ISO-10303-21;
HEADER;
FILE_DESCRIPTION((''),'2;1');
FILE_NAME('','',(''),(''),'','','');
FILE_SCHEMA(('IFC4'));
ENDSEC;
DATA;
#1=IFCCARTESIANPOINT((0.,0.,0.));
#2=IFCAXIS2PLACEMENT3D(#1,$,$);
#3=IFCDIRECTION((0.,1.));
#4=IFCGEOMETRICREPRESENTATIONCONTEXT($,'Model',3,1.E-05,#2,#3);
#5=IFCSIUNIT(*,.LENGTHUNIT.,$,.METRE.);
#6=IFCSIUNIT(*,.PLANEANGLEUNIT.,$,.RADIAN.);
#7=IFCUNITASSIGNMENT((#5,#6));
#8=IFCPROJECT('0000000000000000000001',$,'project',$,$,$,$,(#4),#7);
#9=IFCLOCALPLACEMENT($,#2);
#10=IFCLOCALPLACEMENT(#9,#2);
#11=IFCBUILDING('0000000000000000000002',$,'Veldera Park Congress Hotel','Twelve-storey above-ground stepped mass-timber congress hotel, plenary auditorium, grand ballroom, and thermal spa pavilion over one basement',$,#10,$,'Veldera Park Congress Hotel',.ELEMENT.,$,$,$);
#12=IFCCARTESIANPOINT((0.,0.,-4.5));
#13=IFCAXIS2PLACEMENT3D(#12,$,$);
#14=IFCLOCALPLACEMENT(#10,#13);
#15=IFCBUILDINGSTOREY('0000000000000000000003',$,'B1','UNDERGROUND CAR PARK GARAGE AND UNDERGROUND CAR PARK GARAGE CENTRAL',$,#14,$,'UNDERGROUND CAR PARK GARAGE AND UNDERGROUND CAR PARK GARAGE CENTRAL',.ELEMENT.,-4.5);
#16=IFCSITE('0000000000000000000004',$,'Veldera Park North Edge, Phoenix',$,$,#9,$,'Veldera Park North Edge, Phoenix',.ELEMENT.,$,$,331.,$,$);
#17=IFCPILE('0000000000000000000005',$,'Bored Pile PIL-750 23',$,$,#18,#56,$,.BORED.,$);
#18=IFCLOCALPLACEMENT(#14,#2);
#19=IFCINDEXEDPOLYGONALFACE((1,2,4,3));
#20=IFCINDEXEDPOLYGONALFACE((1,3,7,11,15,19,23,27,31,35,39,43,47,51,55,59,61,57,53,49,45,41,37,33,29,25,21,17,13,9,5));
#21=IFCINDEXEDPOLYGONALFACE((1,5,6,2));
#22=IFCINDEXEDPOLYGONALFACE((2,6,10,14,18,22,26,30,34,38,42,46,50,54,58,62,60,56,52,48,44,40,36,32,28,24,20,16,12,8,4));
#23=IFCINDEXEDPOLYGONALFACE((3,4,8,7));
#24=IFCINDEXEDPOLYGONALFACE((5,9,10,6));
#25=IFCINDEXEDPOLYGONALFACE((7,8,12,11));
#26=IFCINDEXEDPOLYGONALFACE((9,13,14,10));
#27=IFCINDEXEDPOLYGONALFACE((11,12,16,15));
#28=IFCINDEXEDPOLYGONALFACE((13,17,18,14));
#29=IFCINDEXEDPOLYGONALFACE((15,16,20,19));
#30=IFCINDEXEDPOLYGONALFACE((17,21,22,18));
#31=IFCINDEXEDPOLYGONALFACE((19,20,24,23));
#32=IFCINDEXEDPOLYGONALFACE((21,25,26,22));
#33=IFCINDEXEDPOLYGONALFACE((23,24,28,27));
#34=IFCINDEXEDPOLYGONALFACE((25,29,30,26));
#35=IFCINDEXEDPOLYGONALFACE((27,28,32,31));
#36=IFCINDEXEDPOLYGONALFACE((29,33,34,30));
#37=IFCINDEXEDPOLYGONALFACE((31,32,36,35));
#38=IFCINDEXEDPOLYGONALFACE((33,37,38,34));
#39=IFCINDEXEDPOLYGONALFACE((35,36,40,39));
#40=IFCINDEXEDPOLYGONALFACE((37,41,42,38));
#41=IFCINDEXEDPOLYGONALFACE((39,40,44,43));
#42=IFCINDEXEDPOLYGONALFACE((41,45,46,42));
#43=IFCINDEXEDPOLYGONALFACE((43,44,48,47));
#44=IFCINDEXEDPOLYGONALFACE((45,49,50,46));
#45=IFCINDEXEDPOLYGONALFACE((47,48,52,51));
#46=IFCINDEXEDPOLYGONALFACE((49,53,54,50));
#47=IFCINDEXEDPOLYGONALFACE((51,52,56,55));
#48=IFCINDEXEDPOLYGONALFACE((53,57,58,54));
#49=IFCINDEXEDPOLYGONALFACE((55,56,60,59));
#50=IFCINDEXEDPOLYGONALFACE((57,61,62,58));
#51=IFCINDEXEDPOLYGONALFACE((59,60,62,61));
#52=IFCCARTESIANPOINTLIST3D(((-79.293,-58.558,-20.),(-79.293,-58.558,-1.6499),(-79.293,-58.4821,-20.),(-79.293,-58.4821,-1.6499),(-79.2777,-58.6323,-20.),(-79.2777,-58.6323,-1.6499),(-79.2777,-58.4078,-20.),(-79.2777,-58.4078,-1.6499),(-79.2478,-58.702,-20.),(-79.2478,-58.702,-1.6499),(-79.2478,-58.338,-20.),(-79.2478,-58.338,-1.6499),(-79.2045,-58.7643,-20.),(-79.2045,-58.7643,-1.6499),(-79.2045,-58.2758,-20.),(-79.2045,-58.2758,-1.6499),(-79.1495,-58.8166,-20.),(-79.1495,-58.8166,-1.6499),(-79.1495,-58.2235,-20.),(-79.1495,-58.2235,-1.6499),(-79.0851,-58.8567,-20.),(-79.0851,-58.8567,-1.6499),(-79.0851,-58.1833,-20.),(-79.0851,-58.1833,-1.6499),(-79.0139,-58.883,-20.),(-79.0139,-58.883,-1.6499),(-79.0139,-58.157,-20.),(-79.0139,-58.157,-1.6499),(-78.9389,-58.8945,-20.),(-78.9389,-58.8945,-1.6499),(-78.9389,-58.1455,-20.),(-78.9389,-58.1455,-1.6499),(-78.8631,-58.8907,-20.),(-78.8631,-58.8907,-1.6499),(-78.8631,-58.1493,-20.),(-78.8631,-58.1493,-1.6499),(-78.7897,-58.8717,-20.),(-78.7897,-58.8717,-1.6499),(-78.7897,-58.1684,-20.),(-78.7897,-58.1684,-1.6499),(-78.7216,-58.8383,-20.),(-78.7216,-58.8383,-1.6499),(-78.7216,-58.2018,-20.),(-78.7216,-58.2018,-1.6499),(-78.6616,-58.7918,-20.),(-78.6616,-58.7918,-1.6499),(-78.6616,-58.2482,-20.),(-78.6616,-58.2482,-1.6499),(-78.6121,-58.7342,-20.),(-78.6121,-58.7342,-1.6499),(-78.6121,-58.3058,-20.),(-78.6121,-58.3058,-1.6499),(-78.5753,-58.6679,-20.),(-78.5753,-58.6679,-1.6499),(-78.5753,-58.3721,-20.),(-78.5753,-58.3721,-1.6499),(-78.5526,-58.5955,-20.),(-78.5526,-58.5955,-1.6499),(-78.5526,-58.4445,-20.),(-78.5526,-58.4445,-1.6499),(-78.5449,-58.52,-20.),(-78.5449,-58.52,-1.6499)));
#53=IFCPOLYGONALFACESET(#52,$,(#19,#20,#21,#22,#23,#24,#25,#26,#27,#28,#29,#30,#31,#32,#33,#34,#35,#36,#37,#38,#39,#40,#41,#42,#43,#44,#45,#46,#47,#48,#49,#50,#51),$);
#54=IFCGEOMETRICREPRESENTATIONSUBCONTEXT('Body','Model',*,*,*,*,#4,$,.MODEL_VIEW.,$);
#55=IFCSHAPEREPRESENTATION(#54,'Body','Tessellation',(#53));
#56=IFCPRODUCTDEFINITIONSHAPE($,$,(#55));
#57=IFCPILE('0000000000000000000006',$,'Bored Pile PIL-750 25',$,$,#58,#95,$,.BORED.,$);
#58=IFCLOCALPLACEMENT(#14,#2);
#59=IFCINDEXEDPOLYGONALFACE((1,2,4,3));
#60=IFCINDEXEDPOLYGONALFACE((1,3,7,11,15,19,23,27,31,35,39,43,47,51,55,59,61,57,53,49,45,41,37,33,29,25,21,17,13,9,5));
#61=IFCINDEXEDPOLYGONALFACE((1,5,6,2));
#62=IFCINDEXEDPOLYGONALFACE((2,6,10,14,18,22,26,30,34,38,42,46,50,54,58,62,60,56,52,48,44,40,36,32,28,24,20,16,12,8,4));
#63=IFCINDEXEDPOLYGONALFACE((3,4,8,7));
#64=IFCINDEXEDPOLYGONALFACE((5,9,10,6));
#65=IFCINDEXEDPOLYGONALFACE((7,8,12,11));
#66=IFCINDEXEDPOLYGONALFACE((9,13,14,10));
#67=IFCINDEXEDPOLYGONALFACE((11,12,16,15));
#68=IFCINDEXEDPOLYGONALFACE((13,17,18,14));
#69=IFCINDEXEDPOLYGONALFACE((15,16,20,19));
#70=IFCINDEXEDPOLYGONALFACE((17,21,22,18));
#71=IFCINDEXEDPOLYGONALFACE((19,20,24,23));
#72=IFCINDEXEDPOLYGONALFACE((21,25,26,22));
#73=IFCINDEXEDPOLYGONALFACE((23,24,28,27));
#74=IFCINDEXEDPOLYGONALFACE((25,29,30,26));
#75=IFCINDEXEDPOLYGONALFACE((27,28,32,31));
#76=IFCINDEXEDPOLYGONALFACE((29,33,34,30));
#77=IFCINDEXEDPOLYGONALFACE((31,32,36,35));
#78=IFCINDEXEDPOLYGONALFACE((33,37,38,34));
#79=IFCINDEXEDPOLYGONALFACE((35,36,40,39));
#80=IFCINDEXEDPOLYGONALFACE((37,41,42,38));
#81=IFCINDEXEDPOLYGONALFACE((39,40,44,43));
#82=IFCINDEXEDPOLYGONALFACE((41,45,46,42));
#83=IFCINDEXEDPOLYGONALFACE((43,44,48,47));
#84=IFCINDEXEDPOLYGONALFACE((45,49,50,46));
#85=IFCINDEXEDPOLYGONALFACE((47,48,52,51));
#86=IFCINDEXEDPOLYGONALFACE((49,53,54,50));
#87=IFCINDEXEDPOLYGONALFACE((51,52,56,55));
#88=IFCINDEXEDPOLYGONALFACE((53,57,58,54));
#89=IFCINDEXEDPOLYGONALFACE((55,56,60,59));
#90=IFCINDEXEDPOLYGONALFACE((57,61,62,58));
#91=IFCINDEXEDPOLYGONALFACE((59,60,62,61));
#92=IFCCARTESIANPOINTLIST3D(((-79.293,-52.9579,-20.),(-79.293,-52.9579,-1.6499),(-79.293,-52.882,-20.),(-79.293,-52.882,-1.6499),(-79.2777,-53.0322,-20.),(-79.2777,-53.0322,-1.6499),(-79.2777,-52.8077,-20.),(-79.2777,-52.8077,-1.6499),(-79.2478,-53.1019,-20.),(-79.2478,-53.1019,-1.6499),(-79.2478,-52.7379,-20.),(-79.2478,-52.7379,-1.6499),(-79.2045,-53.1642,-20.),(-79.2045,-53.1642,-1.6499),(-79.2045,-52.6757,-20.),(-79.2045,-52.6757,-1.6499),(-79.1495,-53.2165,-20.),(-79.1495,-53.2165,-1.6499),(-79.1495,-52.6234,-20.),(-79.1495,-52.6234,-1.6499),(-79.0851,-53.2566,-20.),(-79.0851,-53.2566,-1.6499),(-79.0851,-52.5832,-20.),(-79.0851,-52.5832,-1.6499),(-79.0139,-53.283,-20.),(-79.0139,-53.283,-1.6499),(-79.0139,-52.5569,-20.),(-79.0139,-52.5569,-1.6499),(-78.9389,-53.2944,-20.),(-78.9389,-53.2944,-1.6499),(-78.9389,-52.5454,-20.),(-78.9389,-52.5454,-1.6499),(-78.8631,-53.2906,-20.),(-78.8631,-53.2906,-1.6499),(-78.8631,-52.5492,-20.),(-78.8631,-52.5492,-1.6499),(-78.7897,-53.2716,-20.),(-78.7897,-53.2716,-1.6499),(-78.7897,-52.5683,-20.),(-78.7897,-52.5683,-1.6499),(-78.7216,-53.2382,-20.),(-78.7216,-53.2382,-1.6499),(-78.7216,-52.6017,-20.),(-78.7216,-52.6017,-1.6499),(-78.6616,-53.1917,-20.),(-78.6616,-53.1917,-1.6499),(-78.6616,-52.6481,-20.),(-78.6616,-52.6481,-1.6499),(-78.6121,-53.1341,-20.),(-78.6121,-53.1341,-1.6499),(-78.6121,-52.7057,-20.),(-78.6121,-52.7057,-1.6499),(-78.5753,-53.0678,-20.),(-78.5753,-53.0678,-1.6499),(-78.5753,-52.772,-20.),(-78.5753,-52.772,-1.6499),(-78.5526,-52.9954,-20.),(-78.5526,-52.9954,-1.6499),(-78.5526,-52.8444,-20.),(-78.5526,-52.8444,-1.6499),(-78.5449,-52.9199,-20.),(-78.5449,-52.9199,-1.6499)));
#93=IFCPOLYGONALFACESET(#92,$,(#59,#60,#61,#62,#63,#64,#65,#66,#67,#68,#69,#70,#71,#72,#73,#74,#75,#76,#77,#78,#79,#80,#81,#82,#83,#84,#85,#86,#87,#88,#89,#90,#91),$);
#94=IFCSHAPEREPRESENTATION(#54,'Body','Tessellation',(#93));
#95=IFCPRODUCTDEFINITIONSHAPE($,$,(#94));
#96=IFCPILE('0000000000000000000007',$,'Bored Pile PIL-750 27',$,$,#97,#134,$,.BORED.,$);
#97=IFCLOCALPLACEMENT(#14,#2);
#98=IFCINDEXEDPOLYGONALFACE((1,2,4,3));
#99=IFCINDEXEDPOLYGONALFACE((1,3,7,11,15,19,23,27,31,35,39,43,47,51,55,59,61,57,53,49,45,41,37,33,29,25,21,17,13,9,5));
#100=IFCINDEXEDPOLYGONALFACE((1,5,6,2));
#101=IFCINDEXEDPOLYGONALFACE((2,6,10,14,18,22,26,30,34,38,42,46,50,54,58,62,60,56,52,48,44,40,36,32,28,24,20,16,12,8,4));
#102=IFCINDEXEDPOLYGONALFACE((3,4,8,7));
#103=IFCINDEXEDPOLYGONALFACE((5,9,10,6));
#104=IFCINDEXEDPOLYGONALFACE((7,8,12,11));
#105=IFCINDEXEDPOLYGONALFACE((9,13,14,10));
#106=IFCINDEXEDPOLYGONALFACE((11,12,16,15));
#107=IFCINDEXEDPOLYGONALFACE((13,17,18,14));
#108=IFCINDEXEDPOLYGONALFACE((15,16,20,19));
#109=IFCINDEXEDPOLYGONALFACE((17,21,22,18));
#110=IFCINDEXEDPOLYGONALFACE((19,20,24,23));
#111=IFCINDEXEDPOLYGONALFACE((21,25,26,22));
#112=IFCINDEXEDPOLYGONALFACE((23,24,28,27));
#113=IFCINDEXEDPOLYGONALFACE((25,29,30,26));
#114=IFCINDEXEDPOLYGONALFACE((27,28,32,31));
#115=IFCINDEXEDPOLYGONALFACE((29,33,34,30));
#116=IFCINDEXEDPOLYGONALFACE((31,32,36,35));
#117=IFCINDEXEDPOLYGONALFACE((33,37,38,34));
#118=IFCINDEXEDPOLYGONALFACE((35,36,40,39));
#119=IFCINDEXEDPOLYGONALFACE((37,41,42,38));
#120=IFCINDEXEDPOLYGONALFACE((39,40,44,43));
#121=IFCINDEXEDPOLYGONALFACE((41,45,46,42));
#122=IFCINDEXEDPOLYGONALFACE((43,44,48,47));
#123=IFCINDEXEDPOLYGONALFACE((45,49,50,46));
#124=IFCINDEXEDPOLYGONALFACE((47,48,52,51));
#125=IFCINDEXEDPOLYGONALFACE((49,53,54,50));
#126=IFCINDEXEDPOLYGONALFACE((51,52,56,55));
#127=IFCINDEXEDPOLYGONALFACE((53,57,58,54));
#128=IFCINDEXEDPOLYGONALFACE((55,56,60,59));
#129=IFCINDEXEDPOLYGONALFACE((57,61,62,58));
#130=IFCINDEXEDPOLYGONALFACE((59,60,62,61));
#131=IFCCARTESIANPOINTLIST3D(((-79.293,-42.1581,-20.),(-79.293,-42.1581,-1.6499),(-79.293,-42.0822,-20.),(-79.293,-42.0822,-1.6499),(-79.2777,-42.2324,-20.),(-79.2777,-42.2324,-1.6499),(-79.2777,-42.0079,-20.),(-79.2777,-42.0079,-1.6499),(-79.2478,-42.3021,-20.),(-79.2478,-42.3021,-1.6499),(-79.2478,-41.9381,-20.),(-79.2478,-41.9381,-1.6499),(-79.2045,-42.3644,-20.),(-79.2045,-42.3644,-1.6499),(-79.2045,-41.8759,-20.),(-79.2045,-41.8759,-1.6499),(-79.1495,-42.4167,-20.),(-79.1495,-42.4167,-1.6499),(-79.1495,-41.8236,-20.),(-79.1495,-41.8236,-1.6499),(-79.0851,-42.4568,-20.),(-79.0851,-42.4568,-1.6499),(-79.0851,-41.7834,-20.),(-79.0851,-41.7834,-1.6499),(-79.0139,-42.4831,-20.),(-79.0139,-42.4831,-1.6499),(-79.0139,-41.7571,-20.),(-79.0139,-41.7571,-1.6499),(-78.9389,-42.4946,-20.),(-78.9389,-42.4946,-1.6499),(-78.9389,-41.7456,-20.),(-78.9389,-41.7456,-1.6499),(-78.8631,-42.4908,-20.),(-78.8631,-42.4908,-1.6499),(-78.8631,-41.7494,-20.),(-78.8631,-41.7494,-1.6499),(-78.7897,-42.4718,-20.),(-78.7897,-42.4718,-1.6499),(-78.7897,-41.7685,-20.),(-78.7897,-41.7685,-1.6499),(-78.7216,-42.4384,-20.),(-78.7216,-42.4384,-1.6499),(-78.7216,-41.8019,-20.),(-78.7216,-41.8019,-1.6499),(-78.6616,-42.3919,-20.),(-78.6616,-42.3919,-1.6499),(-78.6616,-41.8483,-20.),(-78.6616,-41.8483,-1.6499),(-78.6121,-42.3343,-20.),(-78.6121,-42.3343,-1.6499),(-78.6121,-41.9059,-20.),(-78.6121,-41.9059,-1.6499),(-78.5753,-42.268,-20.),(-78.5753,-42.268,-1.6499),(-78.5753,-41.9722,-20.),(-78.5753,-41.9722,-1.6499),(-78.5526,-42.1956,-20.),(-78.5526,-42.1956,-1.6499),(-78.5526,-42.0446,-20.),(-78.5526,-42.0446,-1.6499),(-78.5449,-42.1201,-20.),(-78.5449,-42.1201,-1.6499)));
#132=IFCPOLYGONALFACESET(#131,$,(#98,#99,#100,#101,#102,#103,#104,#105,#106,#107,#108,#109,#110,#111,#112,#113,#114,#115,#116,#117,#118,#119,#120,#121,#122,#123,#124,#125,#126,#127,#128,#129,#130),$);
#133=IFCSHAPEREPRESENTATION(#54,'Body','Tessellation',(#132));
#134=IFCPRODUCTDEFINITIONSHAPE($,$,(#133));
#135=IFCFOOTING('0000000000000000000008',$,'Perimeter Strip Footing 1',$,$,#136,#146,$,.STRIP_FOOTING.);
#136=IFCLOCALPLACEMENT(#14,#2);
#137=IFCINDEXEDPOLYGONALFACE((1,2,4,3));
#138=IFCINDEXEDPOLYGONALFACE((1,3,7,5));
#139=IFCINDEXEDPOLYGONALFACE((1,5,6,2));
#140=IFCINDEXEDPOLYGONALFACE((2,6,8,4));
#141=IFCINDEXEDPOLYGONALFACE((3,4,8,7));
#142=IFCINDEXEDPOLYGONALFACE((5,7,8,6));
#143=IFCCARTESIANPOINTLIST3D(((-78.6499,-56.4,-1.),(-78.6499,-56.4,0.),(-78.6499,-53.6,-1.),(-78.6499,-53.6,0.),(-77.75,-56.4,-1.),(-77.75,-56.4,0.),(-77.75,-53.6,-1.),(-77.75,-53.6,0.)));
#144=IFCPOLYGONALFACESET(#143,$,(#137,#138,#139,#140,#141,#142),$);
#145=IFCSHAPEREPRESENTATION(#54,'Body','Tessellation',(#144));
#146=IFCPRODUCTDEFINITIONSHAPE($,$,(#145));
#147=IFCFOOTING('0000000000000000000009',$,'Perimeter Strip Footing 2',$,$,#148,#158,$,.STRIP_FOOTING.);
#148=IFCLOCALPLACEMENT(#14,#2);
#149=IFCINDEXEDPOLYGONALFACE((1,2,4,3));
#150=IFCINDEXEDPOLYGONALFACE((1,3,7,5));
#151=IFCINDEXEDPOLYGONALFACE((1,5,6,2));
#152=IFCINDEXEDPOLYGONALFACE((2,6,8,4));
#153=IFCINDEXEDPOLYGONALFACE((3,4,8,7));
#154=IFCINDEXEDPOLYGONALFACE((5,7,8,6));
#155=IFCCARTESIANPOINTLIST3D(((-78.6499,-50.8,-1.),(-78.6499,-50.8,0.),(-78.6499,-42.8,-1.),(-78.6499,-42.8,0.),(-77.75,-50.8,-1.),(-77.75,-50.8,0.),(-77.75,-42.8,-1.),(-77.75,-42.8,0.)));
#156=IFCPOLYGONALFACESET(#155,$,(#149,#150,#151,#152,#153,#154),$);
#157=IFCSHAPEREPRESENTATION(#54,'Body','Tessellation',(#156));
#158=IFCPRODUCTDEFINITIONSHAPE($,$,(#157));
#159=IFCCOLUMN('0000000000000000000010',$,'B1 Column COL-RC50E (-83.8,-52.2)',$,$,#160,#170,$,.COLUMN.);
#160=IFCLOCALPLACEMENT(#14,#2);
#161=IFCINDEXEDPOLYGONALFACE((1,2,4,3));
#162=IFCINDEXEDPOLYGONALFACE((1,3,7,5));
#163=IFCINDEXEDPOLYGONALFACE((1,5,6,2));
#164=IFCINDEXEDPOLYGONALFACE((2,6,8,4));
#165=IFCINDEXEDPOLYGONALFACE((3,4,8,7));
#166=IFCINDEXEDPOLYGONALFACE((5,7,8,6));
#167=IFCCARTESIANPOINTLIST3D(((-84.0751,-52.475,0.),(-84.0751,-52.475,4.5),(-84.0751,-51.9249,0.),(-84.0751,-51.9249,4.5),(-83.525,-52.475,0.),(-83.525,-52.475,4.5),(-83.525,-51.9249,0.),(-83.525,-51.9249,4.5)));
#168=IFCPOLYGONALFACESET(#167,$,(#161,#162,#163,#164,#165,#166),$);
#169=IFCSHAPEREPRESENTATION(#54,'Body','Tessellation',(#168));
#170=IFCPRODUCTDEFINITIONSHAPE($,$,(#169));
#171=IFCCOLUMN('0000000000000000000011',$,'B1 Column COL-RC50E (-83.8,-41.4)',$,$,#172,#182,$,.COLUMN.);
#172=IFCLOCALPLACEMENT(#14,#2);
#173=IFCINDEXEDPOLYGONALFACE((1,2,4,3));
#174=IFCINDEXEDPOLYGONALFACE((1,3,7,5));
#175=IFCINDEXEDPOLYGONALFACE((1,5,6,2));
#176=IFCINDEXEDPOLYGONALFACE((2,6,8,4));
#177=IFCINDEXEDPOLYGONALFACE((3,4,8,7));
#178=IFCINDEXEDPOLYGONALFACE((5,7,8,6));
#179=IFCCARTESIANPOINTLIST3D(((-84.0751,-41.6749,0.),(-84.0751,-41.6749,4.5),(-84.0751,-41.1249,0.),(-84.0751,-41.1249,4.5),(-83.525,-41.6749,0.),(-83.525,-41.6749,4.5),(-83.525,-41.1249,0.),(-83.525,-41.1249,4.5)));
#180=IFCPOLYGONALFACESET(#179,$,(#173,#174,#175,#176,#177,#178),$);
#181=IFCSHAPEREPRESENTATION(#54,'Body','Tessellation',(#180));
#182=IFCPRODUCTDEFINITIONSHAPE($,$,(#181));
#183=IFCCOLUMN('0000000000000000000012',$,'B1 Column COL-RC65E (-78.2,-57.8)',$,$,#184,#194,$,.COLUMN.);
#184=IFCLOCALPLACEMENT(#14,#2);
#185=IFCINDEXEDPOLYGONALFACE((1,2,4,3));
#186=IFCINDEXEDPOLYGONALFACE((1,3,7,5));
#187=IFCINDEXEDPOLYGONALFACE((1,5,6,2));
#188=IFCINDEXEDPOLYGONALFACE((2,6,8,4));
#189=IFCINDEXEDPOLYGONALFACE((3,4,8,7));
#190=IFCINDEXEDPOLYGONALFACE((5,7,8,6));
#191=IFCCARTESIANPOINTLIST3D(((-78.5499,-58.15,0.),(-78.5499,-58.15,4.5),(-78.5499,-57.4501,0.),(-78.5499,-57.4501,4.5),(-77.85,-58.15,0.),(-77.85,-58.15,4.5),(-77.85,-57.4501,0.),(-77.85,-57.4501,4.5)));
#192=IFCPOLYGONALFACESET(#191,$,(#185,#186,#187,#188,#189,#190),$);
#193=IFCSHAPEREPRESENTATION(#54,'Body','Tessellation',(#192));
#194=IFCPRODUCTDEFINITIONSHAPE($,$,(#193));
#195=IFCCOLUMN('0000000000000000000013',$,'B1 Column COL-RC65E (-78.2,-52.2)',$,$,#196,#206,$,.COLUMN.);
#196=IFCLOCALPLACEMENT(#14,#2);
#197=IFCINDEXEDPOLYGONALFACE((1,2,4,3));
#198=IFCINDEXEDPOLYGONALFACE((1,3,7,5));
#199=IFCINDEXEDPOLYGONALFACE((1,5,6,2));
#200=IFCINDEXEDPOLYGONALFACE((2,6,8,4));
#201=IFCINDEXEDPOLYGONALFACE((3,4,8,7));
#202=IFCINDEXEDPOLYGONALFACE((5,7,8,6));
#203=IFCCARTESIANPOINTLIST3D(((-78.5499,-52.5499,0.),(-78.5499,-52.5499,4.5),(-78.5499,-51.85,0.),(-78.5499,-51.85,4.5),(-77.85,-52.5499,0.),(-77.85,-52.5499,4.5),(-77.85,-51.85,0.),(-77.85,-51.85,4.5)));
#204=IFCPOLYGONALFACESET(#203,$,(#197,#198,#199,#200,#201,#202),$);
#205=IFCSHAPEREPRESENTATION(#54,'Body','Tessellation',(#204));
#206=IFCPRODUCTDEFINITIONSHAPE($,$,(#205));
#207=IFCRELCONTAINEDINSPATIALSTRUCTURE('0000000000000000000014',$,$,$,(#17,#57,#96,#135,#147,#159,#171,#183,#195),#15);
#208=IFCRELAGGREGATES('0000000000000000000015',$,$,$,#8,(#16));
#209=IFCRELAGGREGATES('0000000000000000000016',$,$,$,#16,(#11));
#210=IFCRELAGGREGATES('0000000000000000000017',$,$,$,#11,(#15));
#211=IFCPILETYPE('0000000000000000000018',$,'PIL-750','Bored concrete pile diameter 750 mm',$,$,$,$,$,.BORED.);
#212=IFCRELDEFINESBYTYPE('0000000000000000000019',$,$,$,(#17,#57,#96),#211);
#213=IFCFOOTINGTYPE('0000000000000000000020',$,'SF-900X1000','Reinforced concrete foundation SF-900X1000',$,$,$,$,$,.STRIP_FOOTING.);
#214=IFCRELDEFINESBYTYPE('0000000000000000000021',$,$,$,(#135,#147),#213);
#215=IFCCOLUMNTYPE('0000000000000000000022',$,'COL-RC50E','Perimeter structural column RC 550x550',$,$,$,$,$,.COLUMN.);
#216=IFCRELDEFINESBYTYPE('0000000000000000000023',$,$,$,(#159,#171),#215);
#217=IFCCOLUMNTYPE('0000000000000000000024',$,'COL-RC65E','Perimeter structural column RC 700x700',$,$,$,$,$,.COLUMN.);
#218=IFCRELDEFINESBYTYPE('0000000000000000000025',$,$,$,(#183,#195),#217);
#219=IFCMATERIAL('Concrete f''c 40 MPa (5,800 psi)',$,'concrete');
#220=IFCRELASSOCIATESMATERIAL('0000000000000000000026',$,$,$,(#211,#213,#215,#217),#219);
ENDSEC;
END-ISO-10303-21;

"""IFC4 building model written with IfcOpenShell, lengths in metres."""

from ifc_helpers import new_model, si_unit, direction, frame, origin, origin_2d, place, context, subcontext, project, spatial, rectangle, circle, extrude, material, material_profile, profile_set, type_object, element, save


model = new_model("IFC4")

# Units and contexts
model_context = context("Model", 3, precision=1e-05, world=origin(), true_north=direction((0.0, 1.0)))
body_context = subcontext(model_context, "Body", "Model", "MODEL_VIEW")
ifc_project = project(units=[si_unit("LENGTHUNIT", "METRE"), si_unit("PLANEANGLEUNIT", "RADIAN")], contexts=[model_context])

# Site, building, storey
site_placement = place(None, origin())
site = spatial("IfcSite", under=ifc_project, at=site_placement, Name="Veldera Park North Edge, Phoenix", LongName="Veldera Park North Edge, Phoenix", CompositionType="ELEMENT", RefElevation=331.0)
building_placement = place(site_placement, origin())
building = spatial("IfcBuilding", under=site, at=building_placement, Name="Veldera Park Congress Hotel", Description="Twelve-storey above-ground stepped mass-timber congress hotel, plenary auditorium, grand ballroom, and thermal spa pavilion over one basement", LongName="Veldera Park Congress Hotel", CompositionType="ELEMENT")
storey_placement = place(building_placement, frame((0.0, 0.0, -4.5)))
storey = spatial("IfcBuildingStorey", under=building, at=storey_placement, Name="B1", Description="UNDERGROUND CAR PARK GARAGE AND UNDERGROUND CAR PARK GARAGE CENTRAL", LongName="UNDERGROUND CAR PARK GARAGE AND UNDERGROUND CAR PARK GARAGE CENTRAL", CompositionType="ELEMENT", Elevation=-4.5)

# Shared definitions
ifc_material = material(Name="Concrete f'c 40 MPa (5,800 psi)", Category="concrete")

# Piles
ifc_material_profile_1 = material_profile(ifc_material, circle(Radius=0.375, at=origin_2d()), Name="PILE D750")
ifc_profile_set_1 = profile_set([ifc_material_profile_1], Name="Concrete f'c 40 MPa (5,800 psi)")
pile_type = type_object("IfcPileType", Name="PIL-750", Description="Bored concrete pile diameter 750 mm", PredefinedType="BORED", material=ifc_profile_set_1)
for number, where, z_axis, x_axis, name in (
    (1, (-78.9199, -58.52, -1.6499), (0.0, 0.0, -1.0), (1.0, 0.0, 0.0), "Bored Pile PIL-750 23"),
    (2, (-78.9199, -52.9199, -1.6499), (0.0, 0.0, -1.0), (1.0, 0.0, 0.0), "Bored Pile PIL-750 25"),
    (3, (-78.9199, -42.1201, -1.6499), (0.0, 0.0, -1.0), (1.0, 0.0, 0.0), "Bored Pile PIL-750 27"),
):
    element("IfcPile", number, at=place(storey_placement, frame(where, z_axis=z_axis, x_axis=x_axis)), inside=storey, type_object=pile_type, Name=name, PredefinedType="BORED", context=body_context, shape_type="SweptSolid", body=[
        extrude(circle(Radius=0.375, at=origin_2d()), origin(), (0.0, 0.0, 1.0), 18.3501),
    ])

# Footings
footing_type_1 = type_object("IfcFootingType", Name="SF-900X1000", Description="Reinforced concrete foundation SF-900X1000", PredefinedType="STRIP_FOOTING", material=ifc_material)
footing_1_placement = place(storey_placement, frame((-78.2, -55.0, -1.0), z_axis=(0.0, 0.0, 1.0), x_axis=(0.0, 1.0, 0.0)))
element("IfcFooting", 4, at=footing_1_placement, inside=storey, type_object=footing_type_1, Name="Perimeter Strip Footing 1", PredefinedType="STRIP_FOOTING", context=body_context, shape_type="SweptSolid", body=[
    extrude(rectangle(XDim=2.8, YDim=0.8999, at=origin_2d()), origin(), (0.0, 0.0, 1.0), 1.0),
])
footing_2_placement = place(storey_placement, frame((-78.2, -46.8, -1.0), z_axis=(0.0, 0.0, 1.0), x_axis=(0.0, 1.0, 0.0)))
element("IfcFooting", 5, at=footing_2_placement, inside=storey, type_object=footing_type_1, Name="Perimeter Strip Footing 2", PredefinedType="STRIP_FOOTING", context=body_context, shape_type="SweptSolid", body=[
    extrude(rectangle(XDim=8.0, YDim=0.8999, at=origin_2d()), origin(), (0.0, 0.0, 1.0), 1.0),
])

# Columns
ifc_material_profile_2 = material_profile(ifc_material, rectangle(XDim=0.55, YDim=0.55, at=origin_2d()), Name="RC 550x550")
ifc_profile_set_2 = profile_set([ifc_material_profile_2], Name="Concrete f'c 40 MPa (5,800 psi)")
column_type_1 = type_object("IfcColumnType", Name="COL-RC50E", Description="Perimeter structural column RC 550x550", PredefinedType="COLUMN", material=ifc_profile_set_2)
for number, where, z_axis, x_axis, name in (
    (6, (-83.8, -52.2, 0.0), (0.0, 0.0, 1.0), (1.0, 0.0, 0.0), "B1 Column COL-RC50E (-83.8,-52.2)"),
    (7, (-83.8, -41.3999, 0.0), (0.0, 0.0, 1.0), (1.0, 0.0, 0.0), "B1 Column COL-RC50E (-83.8,-41.4)"),
):
    element("IfcColumn", number, at=place(storey_placement, frame(where, z_axis=z_axis, x_axis=x_axis)), inside=storey, type_object=column_type_1, Name=name, PredefinedType="COLUMN", context=body_context, shape_type="SweptSolid", body=[
        extrude(rectangle(XDim=0.55, YDim=0.55, at=origin_2d()), origin(), (0.0, 0.0, 1.0), 4.5),
    ])
ifc_material_profile_3 = material_profile(ifc_material, rectangle(XDim=0.7, YDim=0.7, at=origin_2d()), Name="RC 700x700")
ifc_profile_set_3 = profile_set([ifc_material_profile_3], Name="Concrete f'c 40 MPa (5,800 psi)")
column_type_2 = type_object("IfcColumnType", Name="COL-RC65E", Description="Perimeter structural column RC 700x700", PredefinedType="COLUMN", material=ifc_profile_set_3)
for number, where, z_axis, x_axis, name in (
    (8, (-78.2, -57.8, 0.0), (0.0, 0.0, 1.0), (1.0, 0.0, 0.0), "B1 Column COL-RC65E (-78.2,-57.8)"),
    (9, (-78.2, -52.2, 0.0), (0.0, 0.0, 1.0), (1.0, 0.0, 0.0), "B1 Column COL-RC65E (-78.2,-52.2)"),
):
    element("IfcColumn", number, at=place(storey_placement, frame(where, z_axis=z_axis, x_axis=x_axis)), inside=storey, type_object=column_type_2, Name=name, PredefinedType="COLUMN", context=body_context, shape_type="SweptSolid", body=[
        extrude(rectangle(XDim=0.7, YDim=0.7, at=origin_2d()), origin(), (0.0, 0.0, 1.0), 4.5),
    ])

save(model, "model.ifc")
